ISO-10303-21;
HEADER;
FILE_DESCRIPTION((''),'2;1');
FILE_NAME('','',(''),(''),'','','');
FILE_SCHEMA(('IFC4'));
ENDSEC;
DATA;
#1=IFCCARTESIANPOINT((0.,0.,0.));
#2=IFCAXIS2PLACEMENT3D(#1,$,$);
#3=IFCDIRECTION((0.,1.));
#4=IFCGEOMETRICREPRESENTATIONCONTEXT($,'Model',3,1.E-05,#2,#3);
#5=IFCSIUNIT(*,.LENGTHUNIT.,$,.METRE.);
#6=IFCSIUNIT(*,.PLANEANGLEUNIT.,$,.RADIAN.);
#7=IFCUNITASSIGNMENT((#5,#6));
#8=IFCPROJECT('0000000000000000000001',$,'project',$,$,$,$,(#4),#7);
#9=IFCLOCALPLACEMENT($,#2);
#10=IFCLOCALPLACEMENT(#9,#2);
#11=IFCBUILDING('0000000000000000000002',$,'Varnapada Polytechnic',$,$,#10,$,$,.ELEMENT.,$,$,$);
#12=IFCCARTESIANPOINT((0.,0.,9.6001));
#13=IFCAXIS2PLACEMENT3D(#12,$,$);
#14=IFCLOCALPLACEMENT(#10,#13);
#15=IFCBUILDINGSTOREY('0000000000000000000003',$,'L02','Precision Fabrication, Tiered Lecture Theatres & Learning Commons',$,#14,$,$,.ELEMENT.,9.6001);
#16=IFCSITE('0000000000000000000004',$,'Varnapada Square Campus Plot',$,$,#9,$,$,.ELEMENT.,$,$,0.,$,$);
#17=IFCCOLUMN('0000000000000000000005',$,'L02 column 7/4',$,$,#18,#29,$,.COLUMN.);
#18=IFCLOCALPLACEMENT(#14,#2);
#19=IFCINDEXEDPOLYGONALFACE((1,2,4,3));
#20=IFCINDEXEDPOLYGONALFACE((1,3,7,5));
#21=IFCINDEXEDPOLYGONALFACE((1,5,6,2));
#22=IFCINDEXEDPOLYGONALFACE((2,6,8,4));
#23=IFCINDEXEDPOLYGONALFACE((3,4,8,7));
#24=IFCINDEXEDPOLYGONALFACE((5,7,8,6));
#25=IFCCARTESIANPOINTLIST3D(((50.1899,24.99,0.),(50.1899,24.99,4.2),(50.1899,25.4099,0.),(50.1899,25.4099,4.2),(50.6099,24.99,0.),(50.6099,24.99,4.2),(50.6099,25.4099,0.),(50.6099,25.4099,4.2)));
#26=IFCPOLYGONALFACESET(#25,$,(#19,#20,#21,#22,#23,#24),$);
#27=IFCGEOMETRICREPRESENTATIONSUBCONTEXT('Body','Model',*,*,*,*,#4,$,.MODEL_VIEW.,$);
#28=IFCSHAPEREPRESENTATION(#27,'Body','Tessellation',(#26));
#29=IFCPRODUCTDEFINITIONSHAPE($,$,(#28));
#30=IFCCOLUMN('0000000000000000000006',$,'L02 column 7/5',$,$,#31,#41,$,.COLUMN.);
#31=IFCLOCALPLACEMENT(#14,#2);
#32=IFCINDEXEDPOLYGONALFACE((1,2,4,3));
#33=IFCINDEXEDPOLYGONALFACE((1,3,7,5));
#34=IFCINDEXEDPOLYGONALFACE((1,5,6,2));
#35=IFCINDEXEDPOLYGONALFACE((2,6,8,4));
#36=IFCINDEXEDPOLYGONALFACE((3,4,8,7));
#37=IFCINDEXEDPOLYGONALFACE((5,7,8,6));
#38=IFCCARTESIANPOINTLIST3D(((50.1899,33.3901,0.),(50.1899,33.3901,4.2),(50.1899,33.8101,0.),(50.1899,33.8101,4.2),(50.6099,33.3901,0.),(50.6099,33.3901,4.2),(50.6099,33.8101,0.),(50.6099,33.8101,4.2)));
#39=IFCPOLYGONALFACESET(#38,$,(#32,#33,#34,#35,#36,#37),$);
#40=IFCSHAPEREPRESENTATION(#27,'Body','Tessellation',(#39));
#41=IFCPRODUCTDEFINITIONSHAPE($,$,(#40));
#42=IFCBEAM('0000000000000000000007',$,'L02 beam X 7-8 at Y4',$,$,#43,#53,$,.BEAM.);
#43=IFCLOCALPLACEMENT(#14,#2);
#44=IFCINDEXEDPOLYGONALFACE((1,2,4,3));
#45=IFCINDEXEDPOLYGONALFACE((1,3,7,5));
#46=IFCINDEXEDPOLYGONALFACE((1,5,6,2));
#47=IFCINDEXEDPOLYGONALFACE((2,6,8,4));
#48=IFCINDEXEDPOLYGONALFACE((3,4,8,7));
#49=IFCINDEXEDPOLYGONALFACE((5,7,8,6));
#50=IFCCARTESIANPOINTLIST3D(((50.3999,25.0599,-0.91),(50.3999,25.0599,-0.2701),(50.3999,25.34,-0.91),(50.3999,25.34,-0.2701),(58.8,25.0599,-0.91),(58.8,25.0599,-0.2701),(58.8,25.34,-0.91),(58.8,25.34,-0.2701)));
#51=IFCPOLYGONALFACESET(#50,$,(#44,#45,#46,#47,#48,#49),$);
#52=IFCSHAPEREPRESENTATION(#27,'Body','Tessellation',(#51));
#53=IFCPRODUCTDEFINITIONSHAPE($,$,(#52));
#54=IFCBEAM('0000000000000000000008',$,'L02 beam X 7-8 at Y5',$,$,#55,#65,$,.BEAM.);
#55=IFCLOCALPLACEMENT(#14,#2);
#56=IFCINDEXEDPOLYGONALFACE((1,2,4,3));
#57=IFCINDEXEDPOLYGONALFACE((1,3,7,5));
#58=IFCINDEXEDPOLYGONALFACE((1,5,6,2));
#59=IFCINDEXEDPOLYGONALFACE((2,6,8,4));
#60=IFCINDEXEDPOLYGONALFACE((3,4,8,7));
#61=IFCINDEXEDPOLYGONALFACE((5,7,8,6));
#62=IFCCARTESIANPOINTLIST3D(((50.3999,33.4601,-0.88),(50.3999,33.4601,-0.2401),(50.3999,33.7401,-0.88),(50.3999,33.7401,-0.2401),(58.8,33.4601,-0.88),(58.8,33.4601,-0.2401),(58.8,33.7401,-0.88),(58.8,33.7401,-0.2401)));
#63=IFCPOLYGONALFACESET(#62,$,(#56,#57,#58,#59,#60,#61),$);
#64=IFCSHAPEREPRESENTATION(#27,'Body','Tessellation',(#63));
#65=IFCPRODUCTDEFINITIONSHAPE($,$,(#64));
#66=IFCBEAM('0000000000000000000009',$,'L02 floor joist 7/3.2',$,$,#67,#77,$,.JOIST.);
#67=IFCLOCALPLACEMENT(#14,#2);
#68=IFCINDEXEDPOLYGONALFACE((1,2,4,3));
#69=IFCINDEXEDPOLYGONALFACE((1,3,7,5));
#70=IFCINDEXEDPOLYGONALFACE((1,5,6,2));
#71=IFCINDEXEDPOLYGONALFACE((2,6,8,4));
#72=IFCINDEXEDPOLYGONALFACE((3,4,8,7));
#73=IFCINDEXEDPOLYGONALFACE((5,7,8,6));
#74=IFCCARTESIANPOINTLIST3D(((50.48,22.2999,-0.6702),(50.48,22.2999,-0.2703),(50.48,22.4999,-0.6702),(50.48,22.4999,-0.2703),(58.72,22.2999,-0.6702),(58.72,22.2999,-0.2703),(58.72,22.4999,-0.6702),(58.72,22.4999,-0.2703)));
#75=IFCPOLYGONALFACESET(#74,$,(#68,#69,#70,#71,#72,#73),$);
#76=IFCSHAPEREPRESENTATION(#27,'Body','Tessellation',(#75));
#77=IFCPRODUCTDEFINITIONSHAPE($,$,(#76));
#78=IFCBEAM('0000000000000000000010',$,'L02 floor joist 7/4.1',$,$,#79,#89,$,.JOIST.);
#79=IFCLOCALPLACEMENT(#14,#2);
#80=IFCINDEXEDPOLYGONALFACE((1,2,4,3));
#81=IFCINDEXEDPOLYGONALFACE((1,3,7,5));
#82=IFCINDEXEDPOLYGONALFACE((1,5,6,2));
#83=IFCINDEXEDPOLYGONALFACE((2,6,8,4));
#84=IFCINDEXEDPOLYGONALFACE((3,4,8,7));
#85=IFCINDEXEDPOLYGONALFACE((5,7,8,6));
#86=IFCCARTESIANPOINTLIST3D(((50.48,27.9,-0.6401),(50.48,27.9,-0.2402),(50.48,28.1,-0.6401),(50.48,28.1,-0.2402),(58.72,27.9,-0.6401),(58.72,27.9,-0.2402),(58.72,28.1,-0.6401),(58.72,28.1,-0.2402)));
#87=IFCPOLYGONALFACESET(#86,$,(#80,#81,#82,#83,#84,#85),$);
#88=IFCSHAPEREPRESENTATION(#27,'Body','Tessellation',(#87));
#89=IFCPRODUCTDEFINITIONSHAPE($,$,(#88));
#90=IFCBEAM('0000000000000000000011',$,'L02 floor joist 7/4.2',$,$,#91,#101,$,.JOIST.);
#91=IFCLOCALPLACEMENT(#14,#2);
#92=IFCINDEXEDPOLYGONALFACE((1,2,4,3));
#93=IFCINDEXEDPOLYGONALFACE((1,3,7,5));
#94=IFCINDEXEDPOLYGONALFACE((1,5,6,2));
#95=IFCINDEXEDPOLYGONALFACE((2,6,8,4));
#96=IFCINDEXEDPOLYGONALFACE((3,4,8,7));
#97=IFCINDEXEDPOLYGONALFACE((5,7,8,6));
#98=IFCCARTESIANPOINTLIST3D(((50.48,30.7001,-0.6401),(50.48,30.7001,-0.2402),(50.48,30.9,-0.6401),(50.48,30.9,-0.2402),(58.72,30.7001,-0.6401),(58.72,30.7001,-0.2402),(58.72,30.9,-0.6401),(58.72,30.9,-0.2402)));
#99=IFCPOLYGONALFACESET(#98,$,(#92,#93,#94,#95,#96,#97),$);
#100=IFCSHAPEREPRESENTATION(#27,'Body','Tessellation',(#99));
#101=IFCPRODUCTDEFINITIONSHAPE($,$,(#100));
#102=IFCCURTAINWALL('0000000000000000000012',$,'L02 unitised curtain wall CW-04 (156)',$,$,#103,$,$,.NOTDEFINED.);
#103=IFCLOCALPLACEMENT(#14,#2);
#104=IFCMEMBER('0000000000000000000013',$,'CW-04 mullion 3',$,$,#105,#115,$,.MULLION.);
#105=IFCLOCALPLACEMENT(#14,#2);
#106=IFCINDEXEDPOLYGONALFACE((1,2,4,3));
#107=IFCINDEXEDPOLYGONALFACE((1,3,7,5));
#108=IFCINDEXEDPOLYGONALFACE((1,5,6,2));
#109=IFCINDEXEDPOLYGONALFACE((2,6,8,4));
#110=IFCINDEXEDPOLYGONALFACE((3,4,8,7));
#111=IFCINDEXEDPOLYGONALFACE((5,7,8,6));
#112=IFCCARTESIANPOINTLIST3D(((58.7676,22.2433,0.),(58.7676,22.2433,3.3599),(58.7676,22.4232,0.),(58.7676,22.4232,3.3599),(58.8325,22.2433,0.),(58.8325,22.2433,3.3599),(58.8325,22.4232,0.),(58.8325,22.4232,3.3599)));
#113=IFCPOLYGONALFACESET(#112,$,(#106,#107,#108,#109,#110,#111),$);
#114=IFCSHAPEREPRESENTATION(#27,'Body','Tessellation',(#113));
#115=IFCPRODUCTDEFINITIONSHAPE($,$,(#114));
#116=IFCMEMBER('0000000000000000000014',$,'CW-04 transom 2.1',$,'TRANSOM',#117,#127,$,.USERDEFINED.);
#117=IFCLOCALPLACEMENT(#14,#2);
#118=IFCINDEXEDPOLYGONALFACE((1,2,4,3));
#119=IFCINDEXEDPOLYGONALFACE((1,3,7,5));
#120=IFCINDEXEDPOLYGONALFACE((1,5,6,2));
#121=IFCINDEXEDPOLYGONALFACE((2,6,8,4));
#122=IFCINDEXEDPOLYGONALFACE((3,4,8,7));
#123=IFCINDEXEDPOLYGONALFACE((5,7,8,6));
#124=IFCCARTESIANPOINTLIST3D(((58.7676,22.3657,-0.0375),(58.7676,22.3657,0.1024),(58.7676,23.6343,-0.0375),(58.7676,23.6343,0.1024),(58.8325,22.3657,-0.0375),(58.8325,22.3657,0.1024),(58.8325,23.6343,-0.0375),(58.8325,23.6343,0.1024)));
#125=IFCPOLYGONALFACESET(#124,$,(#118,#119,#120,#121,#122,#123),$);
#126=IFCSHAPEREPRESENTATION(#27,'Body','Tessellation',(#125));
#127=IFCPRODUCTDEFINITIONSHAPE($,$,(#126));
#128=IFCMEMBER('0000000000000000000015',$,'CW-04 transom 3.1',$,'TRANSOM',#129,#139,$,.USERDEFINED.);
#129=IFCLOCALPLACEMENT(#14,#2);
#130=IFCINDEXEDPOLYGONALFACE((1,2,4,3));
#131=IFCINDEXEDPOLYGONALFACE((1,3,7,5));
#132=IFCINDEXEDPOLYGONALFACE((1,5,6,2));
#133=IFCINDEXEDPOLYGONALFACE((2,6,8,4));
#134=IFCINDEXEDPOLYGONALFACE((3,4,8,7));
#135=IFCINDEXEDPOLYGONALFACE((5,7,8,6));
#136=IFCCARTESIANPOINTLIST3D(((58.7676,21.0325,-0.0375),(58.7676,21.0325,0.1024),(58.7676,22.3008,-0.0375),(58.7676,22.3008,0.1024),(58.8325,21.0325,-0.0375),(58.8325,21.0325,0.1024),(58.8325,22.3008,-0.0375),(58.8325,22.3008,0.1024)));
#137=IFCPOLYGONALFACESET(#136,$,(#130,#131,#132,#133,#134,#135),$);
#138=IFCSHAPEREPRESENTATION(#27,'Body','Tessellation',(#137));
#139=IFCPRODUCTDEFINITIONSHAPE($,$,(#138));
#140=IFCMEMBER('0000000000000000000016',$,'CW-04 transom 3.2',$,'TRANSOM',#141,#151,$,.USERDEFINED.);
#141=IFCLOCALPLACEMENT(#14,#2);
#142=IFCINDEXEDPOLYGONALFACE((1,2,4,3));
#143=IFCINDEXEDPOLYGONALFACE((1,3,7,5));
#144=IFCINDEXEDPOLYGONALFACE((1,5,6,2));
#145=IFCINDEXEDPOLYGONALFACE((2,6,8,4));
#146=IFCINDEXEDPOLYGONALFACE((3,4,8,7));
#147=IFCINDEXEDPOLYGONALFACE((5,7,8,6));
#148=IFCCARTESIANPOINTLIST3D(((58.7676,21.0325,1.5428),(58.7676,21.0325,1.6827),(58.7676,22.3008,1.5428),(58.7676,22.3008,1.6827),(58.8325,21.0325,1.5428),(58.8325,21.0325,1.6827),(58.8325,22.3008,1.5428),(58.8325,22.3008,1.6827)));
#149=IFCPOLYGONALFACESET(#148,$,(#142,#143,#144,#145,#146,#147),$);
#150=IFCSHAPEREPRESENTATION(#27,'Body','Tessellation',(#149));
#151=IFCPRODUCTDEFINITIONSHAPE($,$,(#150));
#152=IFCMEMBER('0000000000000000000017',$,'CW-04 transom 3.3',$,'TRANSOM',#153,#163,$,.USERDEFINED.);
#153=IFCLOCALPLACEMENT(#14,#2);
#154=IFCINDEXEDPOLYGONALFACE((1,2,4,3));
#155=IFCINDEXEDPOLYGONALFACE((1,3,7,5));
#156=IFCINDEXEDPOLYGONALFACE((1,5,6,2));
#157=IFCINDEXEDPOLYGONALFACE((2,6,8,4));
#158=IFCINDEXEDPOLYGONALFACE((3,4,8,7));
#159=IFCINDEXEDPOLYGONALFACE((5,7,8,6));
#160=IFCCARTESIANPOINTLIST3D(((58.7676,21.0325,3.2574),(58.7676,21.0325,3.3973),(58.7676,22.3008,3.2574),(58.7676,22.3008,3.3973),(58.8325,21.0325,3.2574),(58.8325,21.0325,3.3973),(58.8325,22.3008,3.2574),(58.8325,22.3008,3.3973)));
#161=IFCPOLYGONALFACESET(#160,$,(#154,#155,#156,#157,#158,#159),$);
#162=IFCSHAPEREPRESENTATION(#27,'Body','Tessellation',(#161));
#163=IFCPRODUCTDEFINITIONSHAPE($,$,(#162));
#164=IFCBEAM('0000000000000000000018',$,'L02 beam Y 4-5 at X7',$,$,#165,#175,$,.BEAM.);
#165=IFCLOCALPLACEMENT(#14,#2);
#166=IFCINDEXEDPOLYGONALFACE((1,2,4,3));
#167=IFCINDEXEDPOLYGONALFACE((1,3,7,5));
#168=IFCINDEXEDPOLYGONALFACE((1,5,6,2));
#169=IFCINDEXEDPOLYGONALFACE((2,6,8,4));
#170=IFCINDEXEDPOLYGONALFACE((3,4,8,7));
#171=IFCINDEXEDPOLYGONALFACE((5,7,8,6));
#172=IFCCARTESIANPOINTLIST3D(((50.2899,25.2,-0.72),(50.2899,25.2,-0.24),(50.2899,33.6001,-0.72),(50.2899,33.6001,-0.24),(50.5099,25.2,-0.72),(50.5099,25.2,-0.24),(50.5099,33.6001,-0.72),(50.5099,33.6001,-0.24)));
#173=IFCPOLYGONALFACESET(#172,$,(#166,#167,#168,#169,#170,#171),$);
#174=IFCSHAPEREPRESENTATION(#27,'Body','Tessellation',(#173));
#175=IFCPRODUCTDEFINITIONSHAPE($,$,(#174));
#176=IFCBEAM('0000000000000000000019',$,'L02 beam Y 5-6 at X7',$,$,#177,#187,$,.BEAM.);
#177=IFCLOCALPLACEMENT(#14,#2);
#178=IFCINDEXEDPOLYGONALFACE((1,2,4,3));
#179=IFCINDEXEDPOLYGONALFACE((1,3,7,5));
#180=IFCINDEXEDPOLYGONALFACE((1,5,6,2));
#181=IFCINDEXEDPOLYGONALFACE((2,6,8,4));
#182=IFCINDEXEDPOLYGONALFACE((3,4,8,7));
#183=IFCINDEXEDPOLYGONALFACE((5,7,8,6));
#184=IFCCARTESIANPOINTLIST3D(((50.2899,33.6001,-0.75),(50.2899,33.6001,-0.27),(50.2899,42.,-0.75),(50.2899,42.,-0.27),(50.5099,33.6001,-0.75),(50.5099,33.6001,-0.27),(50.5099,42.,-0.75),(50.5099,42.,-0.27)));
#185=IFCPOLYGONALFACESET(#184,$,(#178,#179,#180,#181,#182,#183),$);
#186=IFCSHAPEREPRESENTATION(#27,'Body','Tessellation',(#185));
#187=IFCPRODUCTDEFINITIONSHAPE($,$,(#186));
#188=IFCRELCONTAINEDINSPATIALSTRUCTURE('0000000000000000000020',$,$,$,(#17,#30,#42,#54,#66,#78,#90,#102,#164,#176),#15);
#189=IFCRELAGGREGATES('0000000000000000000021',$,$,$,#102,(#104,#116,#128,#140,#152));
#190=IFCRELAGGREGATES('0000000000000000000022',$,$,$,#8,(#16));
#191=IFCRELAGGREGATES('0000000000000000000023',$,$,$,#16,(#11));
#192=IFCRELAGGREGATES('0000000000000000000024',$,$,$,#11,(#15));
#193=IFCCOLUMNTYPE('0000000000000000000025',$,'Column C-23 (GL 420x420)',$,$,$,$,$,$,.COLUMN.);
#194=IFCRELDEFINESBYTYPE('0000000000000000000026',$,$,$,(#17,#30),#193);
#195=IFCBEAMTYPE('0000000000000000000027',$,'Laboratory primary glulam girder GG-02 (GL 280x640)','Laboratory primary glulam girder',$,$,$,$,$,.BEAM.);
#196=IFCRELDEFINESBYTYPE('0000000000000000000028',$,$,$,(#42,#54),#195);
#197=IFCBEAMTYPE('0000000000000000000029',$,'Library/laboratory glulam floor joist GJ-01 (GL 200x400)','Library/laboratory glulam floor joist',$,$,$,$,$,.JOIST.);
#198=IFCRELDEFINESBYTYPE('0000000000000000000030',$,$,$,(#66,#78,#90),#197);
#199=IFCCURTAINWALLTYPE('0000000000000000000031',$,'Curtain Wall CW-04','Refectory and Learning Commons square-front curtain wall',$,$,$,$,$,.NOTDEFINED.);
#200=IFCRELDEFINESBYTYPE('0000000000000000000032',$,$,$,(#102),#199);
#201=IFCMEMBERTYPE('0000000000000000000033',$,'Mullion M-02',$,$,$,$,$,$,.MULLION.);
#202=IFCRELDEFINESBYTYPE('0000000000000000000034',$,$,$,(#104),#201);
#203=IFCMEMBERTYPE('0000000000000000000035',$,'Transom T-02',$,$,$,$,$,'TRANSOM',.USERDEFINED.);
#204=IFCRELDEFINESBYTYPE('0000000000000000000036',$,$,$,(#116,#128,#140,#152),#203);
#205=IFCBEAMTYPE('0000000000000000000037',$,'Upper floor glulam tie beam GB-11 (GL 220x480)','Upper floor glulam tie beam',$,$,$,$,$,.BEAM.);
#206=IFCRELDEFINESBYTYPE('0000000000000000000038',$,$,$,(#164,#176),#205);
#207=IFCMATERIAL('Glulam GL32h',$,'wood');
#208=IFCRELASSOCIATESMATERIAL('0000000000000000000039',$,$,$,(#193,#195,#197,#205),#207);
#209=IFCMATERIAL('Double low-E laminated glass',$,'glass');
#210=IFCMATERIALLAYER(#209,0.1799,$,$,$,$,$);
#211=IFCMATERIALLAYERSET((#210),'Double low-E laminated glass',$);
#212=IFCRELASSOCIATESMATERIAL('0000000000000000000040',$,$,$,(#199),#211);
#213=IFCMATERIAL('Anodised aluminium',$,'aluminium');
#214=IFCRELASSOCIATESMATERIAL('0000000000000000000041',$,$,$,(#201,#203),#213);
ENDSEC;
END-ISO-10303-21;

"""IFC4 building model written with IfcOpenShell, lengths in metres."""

from ifc_helpers import new_model, si_unit, direction, frame, origin, origin_2d, place, context, subcontext, project, spatial, rectangle, extrude, material, layer, layer_set, material_profile, profile_set, type_object, element, aggregate, save


model = new_model("IFC4")

# Units and contexts
model_context = context("Model", 3, precision=1e-05, world=origin(), true_north=direction((0.0, 1.0)))
body_context = subcontext(model_context, "Body", "Model", "MODEL_VIEW")
ifc_project = project(units=[si_unit("LENGTHUNIT", "METRE"), si_unit("PLANEANGLEUNIT", "RADIAN")], contexts=[model_context])

# Site, building, storey
site_placement = place(None, origin())
site = spatial("IfcSite", under=ifc_project, at=site_placement, Name="Varnapada Square Campus Plot", CompositionType="ELEMENT", RefElevation=0.0)
building_placement = place(site_placement, origin())
building = spatial("IfcBuilding", under=site, at=building_placement, Name="Varnapada Polytechnic", CompositionType="ELEMENT")
storey_placement = place(building_placement, frame((0.0, 0.0, 9.6001)))
storey = spatial("IfcBuildingStorey", under=building, at=storey_placement, Name="L02", Description="Precision Fabrication, Tiered Lecture Theatres & Learning Commons", CompositionType="ELEMENT", Elevation=9.6001)

# Columns
ifc_material_1 = material(Name="Glulam GL32h", Category="wood")
ifc_material_profile_1 = material_profile(ifc_material_1, rectangle(XDim=0.4199, YDim=0.4199, at=origin_2d()), Name="GL 420x420")
ifc_profile_set_1 = profile_set([ifc_material_profile_1], Name="Glulam GL32h")
column_type = type_object("IfcColumnType", Name="Column C-23 (GL 420x420)", PredefinedType="COLUMN", material=ifc_profile_set_1)
for number, where, z_axis, x_axis, name in (
    (1, (50.3999, 25.2, 0.0), (0.0, 0.0, 1.0), (1.0, 0.0, 0.0), "L02 column 7/4"),
    (2, (50.3999, 33.6001, 0.0), (0.0, 0.0, 1.0), (1.0, 0.0, 0.0), "L02 column 7/5"),
):
    element("IfcColumn", number, at=place(storey_placement, frame(where, z_axis=z_axis, x_axis=x_axis)), inside=storey, type_object=column_type, Name=name, PredefinedType="COLUMN", context=body_context, shape_type="SweptSolid", body=[
        extrude(rectangle(XDim=0.4199, YDim=0.4199, at=origin_2d()), origin(), (0.0, 0.0, 1.0), 4.2),
    ])

# Beams
ifc_material_profile_2 = material_profile(ifc_material_1, rectangle(XDim=0.28, YDim=0.6399, at=origin_2d()), Name="GL 280x640")
ifc_profile_set_2 = profile_set([ifc_material_profile_2], Name="Glulam GL32h")
beam_type_1 = type_object("IfcBeamType", Name="Laboratory primary glulam girder GG-02 (GL 280x640)", Description="Laboratory primary glulam girder", PredefinedType="BEAM", material=ifc_profile_set_2)
for number, where, z_axis, x_axis, name in (
    (3, (50.3999, 25.2, -0.5901), (1.0, 0.0, 0.0), (0.0, 1.0, 0.0), "L02 beam X 7-8 at Y4"),
    (4, (50.3999, 33.6001, -0.5601), (1.0, 0.0, 0.0), (0.0, 1.0, 0.0), "L02 beam X 7-8 at Y5"),
):
    element("IfcBeam", number, at=place(storey_placement, frame(where, z_axis=z_axis, x_axis=x_axis)), inside=storey, type_object=beam_type_1, Name=name, PredefinedType="BEAM", context=body_context, shape_type="SweptSolid", body=[
        extrude(rectangle(XDim=0.28, YDim=0.6399, at=origin_2d()), origin(), (0.0, 0.0, 1.0), 8.4001),
    ])
ifc_material_profile_3 = material_profile(ifc_material_1, rectangle(XDim=0.2, YDim=0.3999, at=origin_2d()), Name="GL 200x400")
ifc_profile_set_3 = profile_set([ifc_material_profile_3], Name="Glulam GL32h")
beam_type_2 = type_object("IfcBeamType", Name="Library/laboratory glulam floor joist GJ-01 (GL 200x400)", Description="Library/laboratory glulam floor joist", PredefinedType="JOIST", material=ifc_profile_set_3)
for number, where, z_axis, x_axis, name in (
    (5, (50.48, 22.3999, -0.4702), (1.0, 0.0, 0.0), (0.0, 1.0, 0.0), "L02 floor joist 7/3.2"),
    (6, (50.48, 28.0, -0.4402), (1.0, 0.0, 0.0), (0.0, 1.0, 0.0), "L02 floor joist 7/4.1"),
    (7, (50.48, 30.8, -0.4402), (1.0, 0.0, 0.0), (0.0, 1.0, 0.0), "L02 floor joist 7/4.2"),
):
    element("IfcBeam", number, at=place(storey_placement, frame(where, z_axis=z_axis, x_axis=x_axis)), inside=storey, type_object=beam_type_2, Name=name, PredefinedType="JOIST", context=body_context, shape_type="SweptSolid", body=[
        extrude(rectangle(XDim=0.2, YDim=0.3999, at=origin_2d()), origin(), (0.0, 0.0, 1.0), 8.24),
    ])

# Curtain wall, members
ifc_material_2 = material(Name="Double low-E laminated glass", Category="glass")
ifc_layer_1 = layer(ifc_material_2, 0.1799)
ifc_layer_set_1 = layer_set([ifc_layer_1], Name="Double low-E laminated glass")
curtain_wall_type = type_object("IfcCurtainWallType", Name="Curtain Wall CW-04", Description="Refectory and Learning Commons square-front curtain wall", PredefinedType="NOTDEFINED", material=ifc_layer_set_1)
curtain_wall_placement = place(storey_placement, origin())
curtain_wall = element("IfcCurtainWall", 8, at=curtain_wall_placement, inside=storey, type_object=curtain_wall_type, Name="L02 unitised curtain wall CW-04 (156)", PredefinedType="NOTDEFINED")
ifc_material_3 = material(Name="Anodised aluminium", Category="aluminium")
ifc_material_profile_4 = material_profile(ifc_material_3, rectangle(XDim=0.0649, YDim=0.1799, at=origin_2d()), Name="ALU M65x180")
ifc_profile_set_4 = profile_set([ifc_material_profile_4], Name="Anodised aluminium")
member_type_1 = type_object("IfcMemberType", Name="Mullion M-02", PredefinedType="MULLION", material=ifc_profile_set_4)
member_1_placement = place(storey_placement, frame((58.8, 22.3333, 0.0), z_axis=(0.0, 0.0, 1.0), x_axis=(1.0, 0.0, 0.0)))
member_1 = element("IfcMember", 9, at=member_1_placement, type_object=member_type_1, Name="CW-04 mullion 3", PredefinedType="MULLION", context=body_context, shape_type="SweptSolid", body=[
    extrude(rectangle(XDim=0.0649, YDim=0.1799, at=origin_2d()), origin(), (0.0, 0.0, 1.0), 3.3599),
])
ifc_material_profile_5 = material_profile(ifc_material_3, rectangle(XDim=0.0649, YDim=0.1399, at=origin_2d()), Name="ALU T65x140")
ifc_profile_set_5 = profile_set([ifc_material_profile_5], Name="Anodised aluminium")
member_type_2 = type_object("IfcMemberType", Name="Transom T-02", ElementType="TRANSOM", PredefinedType="USERDEFINED", material=ifc_profile_set_5)
member_2_placement = place(storey_placement, frame((58.8, 23.6343, 0.0325), z_axis=(0.0, -1.0, 0.0), x_axis=(1.0, 0.0, 0.0)))
member_2 = element("IfcMember", 10, at=member_2_placement, type_object=member_type_2, Name="CW-04 transom 2.1", ObjectType="TRANSOM", PredefinedType="USERDEFINED", context=body_context, shape_type="SweptSolid", body=[
    extrude(rectangle(XDim=0.0649, YDim=0.1399, at=origin_2d()), origin(), (0.0, 0.0, 1.0), 1.2686),
])
member_3_placement = place(storey_placement, frame((58.8, 22.3008, 0.0325), z_axis=(0.0, -1.0, 0.0), x_axis=(1.0, 0.0, 0.0)))
member_3 = element("IfcMember", 11, at=member_3_placement, type_object=member_type_2, Name="CW-04 transom 3.1", ObjectType="TRANSOM", PredefinedType="USERDEFINED", context=body_context, shape_type="SweptSolid", body=[
    extrude(rectangle(XDim=0.0649, YDim=0.1399, at=origin_2d()), origin(), (0.0, 0.0, 1.0), 1.2683),
])
member_4_placement = place(storey_placement, frame((58.8, 22.3008, 1.6128), z_axis=(0.0, -1.0, 0.0), x_axis=(1.0, 0.0, 0.0)))
member_4 = element("IfcMember", 12, at=member_4_placement, type_object=member_type_2, Name="CW-04 transom 3.2", ObjectType="TRANSOM", PredefinedType="USERDEFINED", context=body_context, shape_type="SweptSolid", body=[
    extrude(rectangle(XDim=0.0649, YDim=0.1399, at=origin_2d()), origin(), (0.0, 0.0, 1.0), 1.2683),
])
member_5_placement = place(storey_placement, frame((58.8, 22.3008, 3.3274), z_axis=(0.0, -1.0, 0.0), x_axis=(1.0, 0.0, 0.0)))
member_5 = element("IfcMember", 13, at=member_5_placement, type_object=member_type_2, Name="CW-04 transom 3.3", ObjectType="TRANSOM", PredefinedType="USERDEFINED", context=body_context, shape_type="SweptSolid", body=[
    extrude(rectangle(XDim=0.0649, YDim=0.1399, at=origin_2d()), origin(), (0.0, 0.0, 1.0), 1.2683),
])

# Beams
ifc_material_profile_6 = material_profile(ifc_material_1, rectangle(XDim=0.22, YDim=0.48, at=origin_2d()), Name="GL 220x480")
ifc_profile_set_6 = profile_set([ifc_material_profile_6], Name="Glulam GL32h")
beam_type_3 = type_object("IfcBeamType", Name="Upper floor glulam tie beam GB-11 (GL 220x480)", Description="Upper floor glulam tie beam", PredefinedType="BEAM", material=ifc_profile_set_6)
beam_1_placement = place(storey_placement, frame((50.3999, 25.2, -0.48), z_axis=(0.0, 1.0, 0.0), x_axis=(-1.0, 0.0, 0.0)))
element("IfcBeam", 14, at=beam_1_placement, inside=storey, type_object=beam_type_3, Name="L02 beam Y 4-5 at X7", PredefinedType="BEAM", context=body_context, shape_type="SweptSolid", body=[
    extrude(rectangle(XDim=0.22, YDim=0.48, at=origin_2d()), origin(), (0.0, 0.0, 1.0), 8.4001),
])
beam_2_placement = place(storey_placement, frame((50.3999, 33.6001, -0.51), z_axis=(0.0, 1.0, 0.0), x_axis=(-1.0, 0.0, 0.0)))
element("IfcBeam", 15, at=beam_2_placement, inside=storey, type_object=beam_type_3, Name="L02 beam Y 5-6 at X7", PredefinedType="BEAM", context=body_context, shape_type="SweptSolid", body=[
    extrude(rectangle(XDim=0.22, YDim=0.48, at=origin_2d()), origin(), (0.0, 0.0, 1.0), 8.3999),
])

aggregate(curtain_wall, [member_1, member_2, member_3, member_4, member_5])

save(model, "model.ifc")
